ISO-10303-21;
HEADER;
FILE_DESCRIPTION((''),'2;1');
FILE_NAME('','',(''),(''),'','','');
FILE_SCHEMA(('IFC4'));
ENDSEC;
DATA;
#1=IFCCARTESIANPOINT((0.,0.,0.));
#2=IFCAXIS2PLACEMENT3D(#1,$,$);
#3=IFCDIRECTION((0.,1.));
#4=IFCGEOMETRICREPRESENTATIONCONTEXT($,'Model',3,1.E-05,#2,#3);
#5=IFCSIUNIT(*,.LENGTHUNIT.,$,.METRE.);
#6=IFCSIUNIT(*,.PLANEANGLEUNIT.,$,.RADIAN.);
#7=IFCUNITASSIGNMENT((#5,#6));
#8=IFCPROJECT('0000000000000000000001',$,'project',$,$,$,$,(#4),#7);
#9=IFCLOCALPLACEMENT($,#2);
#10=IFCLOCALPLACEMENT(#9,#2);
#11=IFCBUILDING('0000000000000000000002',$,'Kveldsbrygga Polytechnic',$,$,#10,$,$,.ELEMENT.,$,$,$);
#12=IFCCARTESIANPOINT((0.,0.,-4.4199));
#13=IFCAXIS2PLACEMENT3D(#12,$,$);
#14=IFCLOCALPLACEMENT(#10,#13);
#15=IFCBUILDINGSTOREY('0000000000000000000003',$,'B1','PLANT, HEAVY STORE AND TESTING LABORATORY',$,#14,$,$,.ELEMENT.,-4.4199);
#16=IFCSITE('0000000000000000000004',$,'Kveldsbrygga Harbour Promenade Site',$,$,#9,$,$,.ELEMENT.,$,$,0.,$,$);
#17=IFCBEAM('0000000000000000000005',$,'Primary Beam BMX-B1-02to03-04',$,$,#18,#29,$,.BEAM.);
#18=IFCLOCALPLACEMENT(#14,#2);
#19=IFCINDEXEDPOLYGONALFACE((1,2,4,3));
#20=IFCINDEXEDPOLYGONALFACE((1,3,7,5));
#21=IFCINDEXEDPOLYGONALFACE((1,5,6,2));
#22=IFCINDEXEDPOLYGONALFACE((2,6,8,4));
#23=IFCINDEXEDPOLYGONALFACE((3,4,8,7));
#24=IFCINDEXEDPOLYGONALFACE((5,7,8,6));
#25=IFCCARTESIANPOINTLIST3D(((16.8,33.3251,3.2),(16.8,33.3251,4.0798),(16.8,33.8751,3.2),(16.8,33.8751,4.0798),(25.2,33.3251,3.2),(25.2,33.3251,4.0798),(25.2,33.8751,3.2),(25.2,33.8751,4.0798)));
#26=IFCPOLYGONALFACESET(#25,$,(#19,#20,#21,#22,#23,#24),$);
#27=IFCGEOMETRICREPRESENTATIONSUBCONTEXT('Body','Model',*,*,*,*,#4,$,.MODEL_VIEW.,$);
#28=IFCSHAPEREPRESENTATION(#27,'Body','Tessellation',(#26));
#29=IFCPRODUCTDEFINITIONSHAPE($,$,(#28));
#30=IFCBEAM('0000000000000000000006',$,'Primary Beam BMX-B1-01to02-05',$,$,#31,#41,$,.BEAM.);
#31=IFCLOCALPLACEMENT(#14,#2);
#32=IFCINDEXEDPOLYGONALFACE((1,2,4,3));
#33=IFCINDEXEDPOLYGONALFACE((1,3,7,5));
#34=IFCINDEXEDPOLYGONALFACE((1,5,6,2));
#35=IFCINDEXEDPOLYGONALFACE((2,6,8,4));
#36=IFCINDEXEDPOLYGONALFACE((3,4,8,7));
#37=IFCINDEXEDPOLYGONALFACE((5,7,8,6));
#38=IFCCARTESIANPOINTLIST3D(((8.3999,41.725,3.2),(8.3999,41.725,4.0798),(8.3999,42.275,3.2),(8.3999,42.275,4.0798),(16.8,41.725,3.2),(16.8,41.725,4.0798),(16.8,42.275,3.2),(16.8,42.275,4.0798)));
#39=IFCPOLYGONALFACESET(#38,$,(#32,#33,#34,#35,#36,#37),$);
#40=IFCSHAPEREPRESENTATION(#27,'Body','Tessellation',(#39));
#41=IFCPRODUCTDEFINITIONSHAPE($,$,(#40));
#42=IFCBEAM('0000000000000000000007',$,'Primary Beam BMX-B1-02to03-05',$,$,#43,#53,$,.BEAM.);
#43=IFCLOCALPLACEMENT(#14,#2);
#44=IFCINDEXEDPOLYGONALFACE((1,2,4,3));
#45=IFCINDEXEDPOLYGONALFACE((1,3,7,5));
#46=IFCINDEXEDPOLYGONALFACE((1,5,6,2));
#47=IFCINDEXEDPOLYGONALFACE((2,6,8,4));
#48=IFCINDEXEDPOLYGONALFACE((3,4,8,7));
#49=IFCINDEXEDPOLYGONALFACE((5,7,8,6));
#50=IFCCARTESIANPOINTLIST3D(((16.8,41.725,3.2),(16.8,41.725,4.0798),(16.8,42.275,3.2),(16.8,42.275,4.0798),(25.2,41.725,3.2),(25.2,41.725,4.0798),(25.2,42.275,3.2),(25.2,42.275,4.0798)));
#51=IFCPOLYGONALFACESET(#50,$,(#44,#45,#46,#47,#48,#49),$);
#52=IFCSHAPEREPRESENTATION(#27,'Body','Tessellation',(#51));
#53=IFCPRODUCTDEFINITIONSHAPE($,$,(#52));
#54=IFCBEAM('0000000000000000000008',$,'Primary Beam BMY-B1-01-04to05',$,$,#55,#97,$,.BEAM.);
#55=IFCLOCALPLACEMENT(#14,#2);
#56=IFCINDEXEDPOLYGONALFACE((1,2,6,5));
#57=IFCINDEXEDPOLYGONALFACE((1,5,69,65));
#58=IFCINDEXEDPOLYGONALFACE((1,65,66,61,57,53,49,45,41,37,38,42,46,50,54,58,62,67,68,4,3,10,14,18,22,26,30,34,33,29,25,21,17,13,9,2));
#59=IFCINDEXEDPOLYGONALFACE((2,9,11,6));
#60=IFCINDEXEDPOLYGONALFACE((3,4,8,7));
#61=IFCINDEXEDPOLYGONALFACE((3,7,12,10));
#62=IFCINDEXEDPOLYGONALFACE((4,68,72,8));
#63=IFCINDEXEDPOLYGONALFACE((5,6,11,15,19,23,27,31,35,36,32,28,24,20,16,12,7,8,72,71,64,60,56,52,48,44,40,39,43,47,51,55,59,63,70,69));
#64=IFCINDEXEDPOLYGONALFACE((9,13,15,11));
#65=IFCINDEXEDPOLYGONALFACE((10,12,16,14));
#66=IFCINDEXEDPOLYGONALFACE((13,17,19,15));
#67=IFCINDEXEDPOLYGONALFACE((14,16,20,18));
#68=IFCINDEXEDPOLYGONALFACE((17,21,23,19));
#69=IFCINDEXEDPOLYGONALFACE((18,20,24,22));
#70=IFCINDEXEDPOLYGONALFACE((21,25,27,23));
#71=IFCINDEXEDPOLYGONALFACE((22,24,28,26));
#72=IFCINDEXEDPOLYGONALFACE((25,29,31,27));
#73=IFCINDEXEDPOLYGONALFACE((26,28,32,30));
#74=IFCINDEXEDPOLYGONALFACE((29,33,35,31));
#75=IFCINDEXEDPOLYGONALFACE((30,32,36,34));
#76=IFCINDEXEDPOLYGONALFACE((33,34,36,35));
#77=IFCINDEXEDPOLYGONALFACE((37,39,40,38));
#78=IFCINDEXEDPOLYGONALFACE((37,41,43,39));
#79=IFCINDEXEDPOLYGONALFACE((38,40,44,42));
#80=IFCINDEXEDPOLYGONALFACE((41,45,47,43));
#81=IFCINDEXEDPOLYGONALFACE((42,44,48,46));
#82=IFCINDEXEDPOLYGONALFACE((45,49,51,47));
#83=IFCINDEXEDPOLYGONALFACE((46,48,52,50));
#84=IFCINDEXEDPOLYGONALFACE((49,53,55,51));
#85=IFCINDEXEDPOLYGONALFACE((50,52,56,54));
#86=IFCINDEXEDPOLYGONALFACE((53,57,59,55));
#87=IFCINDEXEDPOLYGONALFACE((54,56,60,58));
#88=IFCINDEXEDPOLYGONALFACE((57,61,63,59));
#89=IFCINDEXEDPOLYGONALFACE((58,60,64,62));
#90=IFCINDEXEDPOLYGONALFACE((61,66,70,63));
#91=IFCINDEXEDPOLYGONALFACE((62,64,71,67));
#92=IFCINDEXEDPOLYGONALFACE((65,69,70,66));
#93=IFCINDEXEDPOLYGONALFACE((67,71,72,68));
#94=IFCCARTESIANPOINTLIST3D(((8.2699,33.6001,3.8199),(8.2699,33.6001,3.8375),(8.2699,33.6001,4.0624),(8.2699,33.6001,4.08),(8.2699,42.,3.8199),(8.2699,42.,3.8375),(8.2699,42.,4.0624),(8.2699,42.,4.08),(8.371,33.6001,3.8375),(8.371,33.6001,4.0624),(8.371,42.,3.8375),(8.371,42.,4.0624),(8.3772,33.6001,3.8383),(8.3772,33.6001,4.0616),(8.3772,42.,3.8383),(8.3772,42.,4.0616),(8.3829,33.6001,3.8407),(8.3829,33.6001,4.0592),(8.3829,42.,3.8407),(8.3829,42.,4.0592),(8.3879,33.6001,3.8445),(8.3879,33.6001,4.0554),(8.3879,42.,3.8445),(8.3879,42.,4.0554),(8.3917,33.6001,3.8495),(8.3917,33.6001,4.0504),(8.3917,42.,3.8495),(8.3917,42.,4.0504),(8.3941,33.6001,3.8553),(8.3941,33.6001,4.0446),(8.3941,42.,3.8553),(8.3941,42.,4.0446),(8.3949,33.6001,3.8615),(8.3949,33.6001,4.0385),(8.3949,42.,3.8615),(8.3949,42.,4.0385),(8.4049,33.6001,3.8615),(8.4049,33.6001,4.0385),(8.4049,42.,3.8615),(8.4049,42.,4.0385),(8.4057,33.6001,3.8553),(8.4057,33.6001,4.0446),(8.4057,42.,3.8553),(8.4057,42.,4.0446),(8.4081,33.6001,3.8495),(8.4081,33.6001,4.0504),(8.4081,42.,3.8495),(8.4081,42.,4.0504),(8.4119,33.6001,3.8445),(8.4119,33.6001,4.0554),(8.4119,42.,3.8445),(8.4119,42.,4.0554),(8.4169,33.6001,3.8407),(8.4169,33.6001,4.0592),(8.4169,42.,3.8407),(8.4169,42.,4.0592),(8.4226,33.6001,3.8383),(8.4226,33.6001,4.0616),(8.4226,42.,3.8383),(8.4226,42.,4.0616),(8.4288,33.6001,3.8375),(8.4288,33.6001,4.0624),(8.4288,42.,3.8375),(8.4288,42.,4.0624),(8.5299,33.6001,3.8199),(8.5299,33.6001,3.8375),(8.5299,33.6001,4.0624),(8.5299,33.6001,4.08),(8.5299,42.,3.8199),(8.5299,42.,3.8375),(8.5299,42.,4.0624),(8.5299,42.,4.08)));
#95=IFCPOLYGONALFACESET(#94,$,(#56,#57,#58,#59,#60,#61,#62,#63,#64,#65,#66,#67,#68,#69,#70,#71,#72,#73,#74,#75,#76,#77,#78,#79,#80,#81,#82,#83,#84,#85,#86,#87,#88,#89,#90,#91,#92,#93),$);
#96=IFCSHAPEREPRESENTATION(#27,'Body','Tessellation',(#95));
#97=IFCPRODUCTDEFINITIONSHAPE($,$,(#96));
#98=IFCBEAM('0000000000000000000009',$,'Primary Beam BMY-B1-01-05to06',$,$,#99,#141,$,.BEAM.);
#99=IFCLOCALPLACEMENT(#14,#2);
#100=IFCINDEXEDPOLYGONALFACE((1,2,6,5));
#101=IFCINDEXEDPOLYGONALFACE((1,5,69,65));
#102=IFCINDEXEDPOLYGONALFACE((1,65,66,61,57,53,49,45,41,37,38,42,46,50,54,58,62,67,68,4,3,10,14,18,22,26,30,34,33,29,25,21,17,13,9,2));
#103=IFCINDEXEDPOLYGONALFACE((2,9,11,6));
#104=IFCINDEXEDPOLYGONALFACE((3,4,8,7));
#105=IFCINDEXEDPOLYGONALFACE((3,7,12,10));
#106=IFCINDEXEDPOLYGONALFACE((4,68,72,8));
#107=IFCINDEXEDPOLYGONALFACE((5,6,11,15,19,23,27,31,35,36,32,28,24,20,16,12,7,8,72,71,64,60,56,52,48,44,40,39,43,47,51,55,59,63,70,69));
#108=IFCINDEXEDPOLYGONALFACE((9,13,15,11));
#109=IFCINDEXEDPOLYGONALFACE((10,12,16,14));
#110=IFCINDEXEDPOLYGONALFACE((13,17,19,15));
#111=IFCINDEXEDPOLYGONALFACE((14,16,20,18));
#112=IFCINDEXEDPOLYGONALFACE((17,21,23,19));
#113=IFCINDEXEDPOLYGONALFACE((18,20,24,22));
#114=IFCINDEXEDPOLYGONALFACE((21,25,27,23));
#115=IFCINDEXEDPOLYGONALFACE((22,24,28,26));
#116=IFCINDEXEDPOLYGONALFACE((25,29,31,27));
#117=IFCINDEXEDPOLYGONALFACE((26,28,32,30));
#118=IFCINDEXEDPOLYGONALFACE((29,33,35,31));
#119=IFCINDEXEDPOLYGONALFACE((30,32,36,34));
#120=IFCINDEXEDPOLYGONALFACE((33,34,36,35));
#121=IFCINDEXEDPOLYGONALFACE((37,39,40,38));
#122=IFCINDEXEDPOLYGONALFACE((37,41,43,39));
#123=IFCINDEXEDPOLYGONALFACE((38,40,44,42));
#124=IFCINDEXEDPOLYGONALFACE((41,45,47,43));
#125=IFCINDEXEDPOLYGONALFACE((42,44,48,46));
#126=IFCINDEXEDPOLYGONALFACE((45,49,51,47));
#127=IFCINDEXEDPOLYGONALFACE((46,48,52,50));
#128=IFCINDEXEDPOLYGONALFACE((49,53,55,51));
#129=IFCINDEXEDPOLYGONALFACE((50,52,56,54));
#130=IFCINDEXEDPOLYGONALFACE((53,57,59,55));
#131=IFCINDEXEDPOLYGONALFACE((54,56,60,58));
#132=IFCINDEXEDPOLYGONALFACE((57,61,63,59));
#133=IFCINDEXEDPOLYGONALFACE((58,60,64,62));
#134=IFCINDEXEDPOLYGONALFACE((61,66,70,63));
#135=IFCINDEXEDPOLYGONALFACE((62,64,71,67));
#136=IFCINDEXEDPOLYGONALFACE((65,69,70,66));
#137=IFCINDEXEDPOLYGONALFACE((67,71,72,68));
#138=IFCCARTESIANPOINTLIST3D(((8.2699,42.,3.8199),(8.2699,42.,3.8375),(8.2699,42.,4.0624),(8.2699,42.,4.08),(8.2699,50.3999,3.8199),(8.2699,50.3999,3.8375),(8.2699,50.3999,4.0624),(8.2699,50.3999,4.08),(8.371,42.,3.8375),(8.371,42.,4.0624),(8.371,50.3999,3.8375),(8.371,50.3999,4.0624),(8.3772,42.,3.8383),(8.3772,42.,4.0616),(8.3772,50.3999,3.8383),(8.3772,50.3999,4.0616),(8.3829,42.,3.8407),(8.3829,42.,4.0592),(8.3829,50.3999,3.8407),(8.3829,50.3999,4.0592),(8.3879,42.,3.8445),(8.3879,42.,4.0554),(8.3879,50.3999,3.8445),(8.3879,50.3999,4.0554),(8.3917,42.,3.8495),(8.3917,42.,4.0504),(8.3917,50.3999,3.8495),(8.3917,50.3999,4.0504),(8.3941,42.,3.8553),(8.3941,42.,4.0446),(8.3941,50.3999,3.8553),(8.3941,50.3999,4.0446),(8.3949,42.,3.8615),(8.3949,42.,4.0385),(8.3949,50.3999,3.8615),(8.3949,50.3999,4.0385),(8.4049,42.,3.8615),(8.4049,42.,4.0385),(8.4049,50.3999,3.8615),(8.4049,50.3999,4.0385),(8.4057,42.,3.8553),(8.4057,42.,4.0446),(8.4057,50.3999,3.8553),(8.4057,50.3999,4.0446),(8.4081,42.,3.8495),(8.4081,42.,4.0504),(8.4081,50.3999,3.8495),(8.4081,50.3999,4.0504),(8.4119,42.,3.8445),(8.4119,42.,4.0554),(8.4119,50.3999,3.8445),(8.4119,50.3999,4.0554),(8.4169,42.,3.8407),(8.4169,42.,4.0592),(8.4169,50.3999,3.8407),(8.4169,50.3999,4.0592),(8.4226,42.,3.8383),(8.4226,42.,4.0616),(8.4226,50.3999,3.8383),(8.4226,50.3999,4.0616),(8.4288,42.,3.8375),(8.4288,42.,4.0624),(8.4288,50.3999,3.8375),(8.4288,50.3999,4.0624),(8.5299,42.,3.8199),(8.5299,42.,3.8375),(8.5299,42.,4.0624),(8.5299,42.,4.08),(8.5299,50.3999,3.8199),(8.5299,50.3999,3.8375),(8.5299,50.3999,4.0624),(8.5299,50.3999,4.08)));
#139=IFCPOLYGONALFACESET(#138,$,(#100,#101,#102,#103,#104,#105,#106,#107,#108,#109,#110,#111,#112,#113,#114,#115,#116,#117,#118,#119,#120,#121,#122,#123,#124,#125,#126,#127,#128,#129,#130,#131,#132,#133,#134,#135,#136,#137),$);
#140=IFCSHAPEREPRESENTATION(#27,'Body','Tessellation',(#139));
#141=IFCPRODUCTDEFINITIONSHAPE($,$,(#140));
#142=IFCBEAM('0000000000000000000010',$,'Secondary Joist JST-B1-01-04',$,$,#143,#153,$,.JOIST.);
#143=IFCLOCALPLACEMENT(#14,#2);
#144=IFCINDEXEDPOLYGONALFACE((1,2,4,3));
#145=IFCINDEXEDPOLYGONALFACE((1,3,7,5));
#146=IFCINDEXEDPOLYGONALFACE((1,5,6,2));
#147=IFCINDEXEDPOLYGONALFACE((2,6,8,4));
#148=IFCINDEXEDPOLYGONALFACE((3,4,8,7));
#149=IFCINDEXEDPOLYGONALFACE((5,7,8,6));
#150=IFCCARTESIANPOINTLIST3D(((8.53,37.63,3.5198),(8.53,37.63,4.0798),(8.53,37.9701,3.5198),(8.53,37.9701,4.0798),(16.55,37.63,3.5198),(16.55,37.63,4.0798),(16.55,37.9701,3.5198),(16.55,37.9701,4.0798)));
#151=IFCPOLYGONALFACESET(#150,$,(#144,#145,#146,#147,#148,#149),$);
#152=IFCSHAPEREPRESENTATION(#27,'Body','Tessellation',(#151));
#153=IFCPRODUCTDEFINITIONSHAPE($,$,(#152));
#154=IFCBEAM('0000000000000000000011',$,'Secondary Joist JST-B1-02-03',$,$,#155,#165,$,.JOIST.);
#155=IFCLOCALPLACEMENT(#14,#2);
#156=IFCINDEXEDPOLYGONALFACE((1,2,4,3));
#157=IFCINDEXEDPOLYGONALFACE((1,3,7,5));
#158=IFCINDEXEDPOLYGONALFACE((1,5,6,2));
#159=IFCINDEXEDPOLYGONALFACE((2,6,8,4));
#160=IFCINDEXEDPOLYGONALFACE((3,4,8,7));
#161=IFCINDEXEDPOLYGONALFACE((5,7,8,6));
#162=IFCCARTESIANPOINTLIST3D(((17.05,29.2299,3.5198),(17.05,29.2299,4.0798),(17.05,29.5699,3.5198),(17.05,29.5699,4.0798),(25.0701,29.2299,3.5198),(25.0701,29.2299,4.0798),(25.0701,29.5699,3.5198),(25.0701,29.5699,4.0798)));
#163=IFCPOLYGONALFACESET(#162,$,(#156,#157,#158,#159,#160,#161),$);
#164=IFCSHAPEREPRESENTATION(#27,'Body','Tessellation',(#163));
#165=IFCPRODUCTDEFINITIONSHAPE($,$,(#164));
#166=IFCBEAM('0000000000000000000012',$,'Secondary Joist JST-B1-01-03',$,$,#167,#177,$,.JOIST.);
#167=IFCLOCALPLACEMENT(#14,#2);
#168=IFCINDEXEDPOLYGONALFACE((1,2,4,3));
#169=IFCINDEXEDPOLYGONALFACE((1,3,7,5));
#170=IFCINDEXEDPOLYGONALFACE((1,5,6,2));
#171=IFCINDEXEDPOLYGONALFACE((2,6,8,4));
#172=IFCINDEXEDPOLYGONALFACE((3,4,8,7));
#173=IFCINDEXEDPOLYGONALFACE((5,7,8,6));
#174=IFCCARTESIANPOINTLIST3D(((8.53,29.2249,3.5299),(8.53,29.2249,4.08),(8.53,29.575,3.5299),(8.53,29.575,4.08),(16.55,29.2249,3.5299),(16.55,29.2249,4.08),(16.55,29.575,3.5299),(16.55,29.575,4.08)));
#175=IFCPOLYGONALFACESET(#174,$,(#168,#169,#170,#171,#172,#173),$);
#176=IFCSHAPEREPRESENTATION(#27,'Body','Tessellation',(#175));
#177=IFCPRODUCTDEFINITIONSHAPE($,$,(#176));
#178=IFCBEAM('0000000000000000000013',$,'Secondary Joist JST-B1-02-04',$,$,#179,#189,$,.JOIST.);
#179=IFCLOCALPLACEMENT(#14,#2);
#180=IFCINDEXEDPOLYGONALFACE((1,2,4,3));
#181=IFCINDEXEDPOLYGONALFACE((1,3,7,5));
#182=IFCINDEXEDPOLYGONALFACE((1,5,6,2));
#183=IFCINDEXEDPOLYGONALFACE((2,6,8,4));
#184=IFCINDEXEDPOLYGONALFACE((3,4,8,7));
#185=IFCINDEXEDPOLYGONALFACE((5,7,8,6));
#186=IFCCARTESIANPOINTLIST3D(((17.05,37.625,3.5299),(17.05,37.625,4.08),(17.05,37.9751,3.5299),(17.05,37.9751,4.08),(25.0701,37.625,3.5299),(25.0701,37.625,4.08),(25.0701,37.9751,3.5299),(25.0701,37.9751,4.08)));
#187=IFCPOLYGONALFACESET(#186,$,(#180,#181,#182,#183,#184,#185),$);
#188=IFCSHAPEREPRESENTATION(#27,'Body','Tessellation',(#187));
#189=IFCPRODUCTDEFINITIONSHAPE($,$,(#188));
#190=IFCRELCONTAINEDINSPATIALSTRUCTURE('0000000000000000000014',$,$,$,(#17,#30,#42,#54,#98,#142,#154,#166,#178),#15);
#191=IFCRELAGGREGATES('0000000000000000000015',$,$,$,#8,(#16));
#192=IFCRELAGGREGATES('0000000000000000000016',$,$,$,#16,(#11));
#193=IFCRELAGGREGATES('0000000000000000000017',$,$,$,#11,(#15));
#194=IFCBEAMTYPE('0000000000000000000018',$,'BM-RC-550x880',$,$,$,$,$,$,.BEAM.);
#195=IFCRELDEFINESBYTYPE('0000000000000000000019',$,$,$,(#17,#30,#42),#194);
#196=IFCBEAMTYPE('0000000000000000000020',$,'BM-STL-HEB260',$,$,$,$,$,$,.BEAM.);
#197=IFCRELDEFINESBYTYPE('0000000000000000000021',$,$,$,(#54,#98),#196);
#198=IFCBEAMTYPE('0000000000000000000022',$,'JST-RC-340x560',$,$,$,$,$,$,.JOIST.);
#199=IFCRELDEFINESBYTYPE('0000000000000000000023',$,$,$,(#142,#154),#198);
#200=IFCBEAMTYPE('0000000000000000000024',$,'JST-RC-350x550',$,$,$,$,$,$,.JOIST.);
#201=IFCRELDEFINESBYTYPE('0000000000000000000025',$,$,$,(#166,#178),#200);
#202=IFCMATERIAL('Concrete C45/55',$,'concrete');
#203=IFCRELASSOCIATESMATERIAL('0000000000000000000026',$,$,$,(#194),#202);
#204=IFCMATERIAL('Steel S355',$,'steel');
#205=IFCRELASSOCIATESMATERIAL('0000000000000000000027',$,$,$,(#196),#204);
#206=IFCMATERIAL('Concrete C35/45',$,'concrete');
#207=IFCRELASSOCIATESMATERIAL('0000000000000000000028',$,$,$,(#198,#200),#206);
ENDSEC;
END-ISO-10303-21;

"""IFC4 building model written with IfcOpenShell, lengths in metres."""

from ifc_helpers import new_model, si_unit, direction, frame, origin, origin_2d, place, context, subcontext, project, spatial, rectangle, i_section, extrude, material, material_profile, profile_set, type_object, element, save


model = new_model("IFC4")

# Units and contexts
model_context = context("Model", 3, precision=1e-05, world=origin(), true_north=direction((0.0, 1.0)))
body_context = subcontext(model_context, "Body", "Model", "MODEL_VIEW")
ifc_project = project(units=[si_unit("LENGTHUNIT", "METRE"), si_unit("PLANEANGLEUNIT", "RADIAN")], contexts=[model_context])

# Site, building, storey
site_placement = place(None, origin())
site = spatial("IfcSite", under=ifc_project, at=site_placement, Name="Kveldsbrygga Harbour Promenade Site", CompositionType="ELEMENT", RefElevation=0.0)
building_placement = place(site_placement, origin())
building = spatial("IfcBuilding", under=site, at=building_placement, Name="Kveldsbrygga Polytechnic", CompositionType="ELEMENT")
storey_placement = place(building_placement, frame((0.0, 0.0, -4.4199)))
storey = spatial("IfcBuildingStorey", under=building, at=storey_placement, Name="B1", Description="PLANT, HEAVY STORE AND TESTING LABORATORY", CompositionType="ELEMENT", Elevation=-4.4199)

# Shared definitions
ifc_material_1 = material(Name="Concrete C45/55", Category="concrete")
ifc_material_2 = material(Name="Concrete C35/45", Category="concrete")

# Beams
ifc_material_profile_1 = material_profile(ifc_material_1, rectangle(XDim=0.55, YDim=0.8799, at=origin_2d()), Name="RC 550x880")
ifc_profile_set_1 = profile_set([ifc_material_profile_1], Name="Concrete C45/55")
beam_type_1 = type_object("IfcBeamType", Name="BM-RC-550x880", PredefinedType="BEAM", material=ifc_profile_set_1)
beam_1_placement = place(storey_placement, frame((16.8, 33.6001, 3.6399), z_axis=(1.0, 0.0, 0.0), x_axis=(0.0, 1.0, 0.0)))
element("IfcBeam", 1, at=beam_1_placement, inside=storey, type_object=beam_type_1, Name="Primary Beam BMX-B1-02to03-04", PredefinedType="BEAM", context=body_context, shape_type="SweptSolid", body=[
    extrude(rectangle(XDim=0.55, YDim=0.8799, at=origin_2d()), origin(), (0.0, 0.0, 1.0), 8.3999),
])
beam_2_placement = place(storey_placement, frame((8.3999, 42.0, 3.6399), z_axis=(1.0, 0.0, 0.0), x_axis=(0.0, 1.0, 0.0)))
element("IfcBeam", 2, at=beam_2_placement, inside=storey, type_object=beam_type_1, Name="Primary Beam BMX-B1-01to02-05", PredefinedType="BEAM", context=body_context, shape_type="SweptSolid", body=[
    extrude(rectangle(XDim=0.55, YDim=0.8799, at=origin_2d()), origin(), (0.0, 0.0, 1.0), 8.4001),
])
beam_3_placement = place(storey_placement, frame((16.8, 42.0, 3.6399), z_axis=(1.0, 0.0, 0.0), x_axis=(0.0, 1.0, 0.0)))
element("IfcBeam", 3, at=beam_3_placement, inside=storey, type_object=beam_type_1, Name="Primary Beam BMX-B1-02to03-05", PredefinedType="BEAM", context=body_context, shape_type="SweptSolid", body=[
    extrude(rectangle(XDim=0.55, YDim=0.8799, at=origin_2d()), origin(), (0.0, 0.0, 1.0), 8.3999),
])
ifc_material_3 = material(Name="Steel S355", Category="steel")
ifc_material_profile_2 = material_profile(ifc_material_3, i_section(OverallWidth=0.26, OverallDepth=0.26, WebThickness=0.01, FlangeThickness=0.0176, FilletRadius=0.0239, at=origin_2d()), Name="HEB 260")
ifc_profile_set_2 = profile_set([ifc_material_profile_2], Name="Steel S355")
beam_type_2 = type_object("IfcBeamType", Name="BM-STL-HEB260", PredefinedType="BEAM", material=ifc_profile_set_2)
for number, where, z_axis, x_axis, name in (
    (4, (8.3999, 33.6001, 3.95), (0.0, 1.0, 0.0), (-1.0, 0.0, 0.0), "Primary Beam BMY-B1-01-04to05"),
    (5, (8.3999, 42.0, 3.95), (0.0, 1.0, 0.0), (-1.0, 0.0, 0.0), "Primary Beam BMY-B1-01-05to06"),
):
    element("IfcBeam", number, at=place(storey_placement, frame(where, z_axis=z_axis, x_axis=x_axis)), inside=storey, type_object=beam_type_2, Name=name, PredefinedType="BEAM", context=body_context, shape_type="SweptSolid", body=[
        extrude(i_section(OverallWidth=0.26, OverallDepth=0.26, WebThickness=0.01, FlangeThickness=0.0176, FilletRadius=0.0239, at=origin_2d()), origin(), (0.0, 0.0, 1.0), 8.3999),
    ])
ifc_material_profile_3 = material_profile(ifc_material_2, rectangle(XDim=0.3401, YDim=0.5601, at=origin_2d()), Name="RC 340x560")
ifc_profile_set_3 = profile_set([ifc_material_profile_3], Name="Concrete C35/45")
beam_type_3 = type_object("IfcBeamType", Name="JST-RC-340x560", PredefinedType="JOIST", material=ifc_profile_set_3)
for number, where, z_axis, x_axis, name in (
    (6, (8.53, 37.8, 3.7998), (1.0, 0.0, 0.0), (0.0, 1.0, 0.0), "Secondary Joist JST-B1-01-04"),
    (7, (17.05, 29.3999, 3.7998), (1.0, 0.0, 0.0), (0.0, 1.0, 0.0), "Secondary Joist JST-B1-02-03"),
):
    element("IfcBeam", number, at=place(storey_placement, frame(where, z_axis=z_axis, x_axis=x_axis)), inside=storey, type_object=beam_type_3, Name=name, PredefinedType="JOIST", context=body_context, shape_type="SweptSolid", body=[
        extrude(rectangle(XDim=0.3401, YDim=0.5601, at=origin_2d()), origin(), (0.0, 0.0, 1.0), 8.02),
    ])
ifc_material_profile_4 = material_profile(ifc_material_2, rectangle(XDim=0.3501, YDim=0.55, at=origin_2d()), Name="RC 350x550")
ifc_profile_set_4 = profile_set([ifc_material_profile_4], Name="Concrete C35/45")
beam_type_4 = type_object("IfcBeamType", Name="JST-RC-350x550", PredefinedType="JOIST", material=ifc_profile_set_4)
for number, where, z_axis, x_axis, name in (
    (8, (8.53, 29.3999, 3.8049), (1.0, 0.0, 0.0), (0.0, 1.0, 0.0), "Secondary Joist JST-B1-01-03"),
    (9, (17.05, 37.8, 3.8049), (1.0, 0.0, 0.0), (0.0, 1.0, 0.0), "Secondary Joist JST-B1-02-04"),
):
    element("IfcBeam", number, at=place(storey_placement, frame(where, z_axis=z_axis, x_axis=x_axis)), inside=storey, type_object=beam_type_4, Name=name, PredefinedType="JOIST", context=body_context, shape_type="SweptSolid", body=[
        extrude(rectangle(XDim=0.3501, YDim=0.55, at=origin_2d()), origin(), (0.0, 0.0, 1.0), 8.02),
    ])

save(model, "model.ifc")
